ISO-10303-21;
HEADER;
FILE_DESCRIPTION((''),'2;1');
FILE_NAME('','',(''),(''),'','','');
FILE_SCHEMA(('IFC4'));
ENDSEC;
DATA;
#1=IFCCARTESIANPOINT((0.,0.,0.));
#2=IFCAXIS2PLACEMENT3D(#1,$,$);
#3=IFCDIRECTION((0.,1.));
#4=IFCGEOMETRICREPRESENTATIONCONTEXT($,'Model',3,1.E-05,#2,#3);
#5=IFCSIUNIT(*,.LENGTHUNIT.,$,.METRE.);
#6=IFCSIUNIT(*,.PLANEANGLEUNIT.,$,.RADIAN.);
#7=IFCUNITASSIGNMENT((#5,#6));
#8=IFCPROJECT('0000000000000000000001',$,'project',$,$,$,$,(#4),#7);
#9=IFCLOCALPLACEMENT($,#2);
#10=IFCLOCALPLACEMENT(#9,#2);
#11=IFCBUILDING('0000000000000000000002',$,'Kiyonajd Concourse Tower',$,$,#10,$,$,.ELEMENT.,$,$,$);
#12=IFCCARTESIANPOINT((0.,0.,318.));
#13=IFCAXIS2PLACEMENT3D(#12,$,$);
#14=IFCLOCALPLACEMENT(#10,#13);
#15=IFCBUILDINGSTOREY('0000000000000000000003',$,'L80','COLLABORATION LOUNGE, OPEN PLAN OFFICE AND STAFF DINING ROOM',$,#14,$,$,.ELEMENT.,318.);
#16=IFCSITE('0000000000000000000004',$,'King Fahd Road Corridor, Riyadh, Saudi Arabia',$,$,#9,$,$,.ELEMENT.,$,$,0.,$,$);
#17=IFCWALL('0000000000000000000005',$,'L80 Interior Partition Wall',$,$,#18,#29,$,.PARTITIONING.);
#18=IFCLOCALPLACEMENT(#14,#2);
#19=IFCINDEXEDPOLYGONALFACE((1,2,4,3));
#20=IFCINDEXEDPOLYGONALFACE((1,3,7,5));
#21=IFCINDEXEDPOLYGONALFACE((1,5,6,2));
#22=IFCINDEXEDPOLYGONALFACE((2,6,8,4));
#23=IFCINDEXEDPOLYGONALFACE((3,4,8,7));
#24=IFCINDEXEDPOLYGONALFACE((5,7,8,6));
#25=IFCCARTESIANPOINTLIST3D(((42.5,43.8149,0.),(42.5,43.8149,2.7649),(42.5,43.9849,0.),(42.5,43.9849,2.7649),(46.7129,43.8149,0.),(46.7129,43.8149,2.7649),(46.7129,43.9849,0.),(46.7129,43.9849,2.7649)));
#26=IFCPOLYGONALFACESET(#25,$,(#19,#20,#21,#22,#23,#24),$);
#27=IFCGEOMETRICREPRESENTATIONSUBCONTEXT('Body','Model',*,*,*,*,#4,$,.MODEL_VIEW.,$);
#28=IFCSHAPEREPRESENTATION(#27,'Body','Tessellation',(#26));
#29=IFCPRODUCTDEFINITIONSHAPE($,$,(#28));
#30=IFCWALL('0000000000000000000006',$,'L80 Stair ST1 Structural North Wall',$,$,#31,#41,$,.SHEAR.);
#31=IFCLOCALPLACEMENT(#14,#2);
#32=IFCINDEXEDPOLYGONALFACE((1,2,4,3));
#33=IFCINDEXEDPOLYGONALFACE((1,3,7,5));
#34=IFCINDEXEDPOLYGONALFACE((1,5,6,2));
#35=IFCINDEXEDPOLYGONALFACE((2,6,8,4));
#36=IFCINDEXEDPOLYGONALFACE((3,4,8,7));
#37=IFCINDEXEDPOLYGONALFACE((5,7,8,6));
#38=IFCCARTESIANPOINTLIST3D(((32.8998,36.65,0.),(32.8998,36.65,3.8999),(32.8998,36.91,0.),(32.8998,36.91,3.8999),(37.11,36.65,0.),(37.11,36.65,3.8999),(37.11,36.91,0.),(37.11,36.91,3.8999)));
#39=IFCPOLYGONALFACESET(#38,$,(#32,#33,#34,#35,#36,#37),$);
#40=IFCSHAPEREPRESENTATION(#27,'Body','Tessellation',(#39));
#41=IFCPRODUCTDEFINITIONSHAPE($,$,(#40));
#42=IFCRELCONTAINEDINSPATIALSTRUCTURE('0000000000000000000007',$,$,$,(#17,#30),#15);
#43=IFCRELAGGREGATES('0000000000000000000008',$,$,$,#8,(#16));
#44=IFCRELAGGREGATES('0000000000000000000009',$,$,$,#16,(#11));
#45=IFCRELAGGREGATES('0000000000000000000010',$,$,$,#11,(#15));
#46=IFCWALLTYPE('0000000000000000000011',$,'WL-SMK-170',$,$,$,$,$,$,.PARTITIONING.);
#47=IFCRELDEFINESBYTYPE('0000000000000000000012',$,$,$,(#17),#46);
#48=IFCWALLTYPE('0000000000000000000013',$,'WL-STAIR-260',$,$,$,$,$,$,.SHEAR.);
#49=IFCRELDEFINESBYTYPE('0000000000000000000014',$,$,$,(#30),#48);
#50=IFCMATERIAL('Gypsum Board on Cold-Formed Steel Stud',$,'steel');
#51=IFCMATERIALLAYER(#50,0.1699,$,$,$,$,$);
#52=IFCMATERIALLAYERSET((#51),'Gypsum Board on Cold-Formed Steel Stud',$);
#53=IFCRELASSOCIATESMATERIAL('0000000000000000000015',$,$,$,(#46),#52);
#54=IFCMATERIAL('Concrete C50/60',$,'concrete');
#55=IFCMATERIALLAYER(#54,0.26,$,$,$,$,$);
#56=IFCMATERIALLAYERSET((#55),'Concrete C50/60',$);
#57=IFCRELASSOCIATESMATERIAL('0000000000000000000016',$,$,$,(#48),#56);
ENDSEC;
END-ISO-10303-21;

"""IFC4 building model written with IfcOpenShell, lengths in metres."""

from ifc_helpers import new_model, si_unit, direction, frame, frame_2d, origin, place, context, subcontext, project, spatial, rectangle, extrude, material, layer, layer_set, type_object, element, save


model = new_model("IFC4")

# Units and contexts
model_context = context("Model", 3, precision=1e-05, world=origin(), true_north=direction((0.0, 1.0)))
body_context = subcontext(model_context, "Body", "Model", "MODEL_VIEW")
ifc_project = project(units=[si_unit("LENGTHUNIT", "METRE"), si_unit("PLANEANGLEUNIT", "RADIAN")], contexts=[model_context])

# Site, building, storey
site_placement = place(None, origin())
site = spatial("IfcSite", under=ifc_project, at=site_placement, Name="King Fahd Road Corridor, Riyadh, Saudi Arabia", CompositionType="ELEMENT", RefElevation=0.0)
building_placement = place(site_placement, origin())
building = spatial("IfcBuilding", under=site, at=building_placement, Name="Kiyonajd Concourse Tower", CompositionType="ELEMENT")
storey_placement = place(building_placement, frame((0.0, 0.0, 318.0)))
storey = spatial("IfcBuildingStorey", under=building, at=storey_placement, Name="L80", Description="COLLABORATION LOUNGE, OPEN PLAN OFFICE AND STAFF DINING ROOM", CompositionType="ELEMENT", Elevation=318.0)

# Shared definitions
ifc_material_1 = material(Name="Gypsum Board on Cold-Formed Steel Stud", Category="steel")

# Shared definitions
ifc_layer_1 = layer(ifc_material_1, 0.1699)
ifc_layer_set_1 = layer_set([ifc_layer_1], Name="Gypsum Board on Cold-Formed Steel Stud")
wall_type_1 = type_object("IfcWallType", Name="WL-SMK-170", PredefinedType="PARTITIONING", material=ifc_layer_set_1)

# Walls
wall_1_placement = place(storey_placement, frame((42.5, 43.8999, 0.0), z_axis=(0.0, 0.0, 1.0), x_axis=(1.0, 0.0, 0.0)))
element("IfcWall", 1, at=wall_1_placement, inside=storey, type_object=wall_type_1, Name="L80 Interior Partition Wall", PredefinedType="PARTITIONING", context=body_context, shape_type="SweptSolid", body=[
    extrude(rectangle(XDim=4.2129, YDim=0.1699, at=frame_2d((2.1064, 0.0))), origin(), (0.0, 0.0, 1.0), 2.7649),
])
ifc_material_2 = material(Name="Concrete C50/60", Category="concrete")
ifc_layer_2 = layer(ifc_material_2, 0.26)
ifc_layer_set_2 = layer_set([ifc_layer_2], Name="Concrete C50/60")
wall_type_2 = type_object("IfcWallType", Name="WL-STAIR-260", PredefinedType="SHEAR", material=ifc_layer_set_2)
wall_2_placement = place(storey_placement, frame((32.8999, 36.78, 0.0), z_axis=(0.0, 0.0, 1.0), x_axis=(1.0, 0.0, 0.0)))
element("IfcWall", 2, at=wall_2_placement, inside=storey, type_object=wall_type_2, Name="L80 Stair ST1 Structural North Wall", PredefinedType="SHEAR", context=body_context, shape_type="SweptSolid", body=[
    extrude(rectangle(XDim=4.2102, YDim=0.26, at=frame_2d((2.105, 0.0))), origin(), (0.0, 0.0, 1.0), 3.8999),
])

save(model, "model.ifc")
